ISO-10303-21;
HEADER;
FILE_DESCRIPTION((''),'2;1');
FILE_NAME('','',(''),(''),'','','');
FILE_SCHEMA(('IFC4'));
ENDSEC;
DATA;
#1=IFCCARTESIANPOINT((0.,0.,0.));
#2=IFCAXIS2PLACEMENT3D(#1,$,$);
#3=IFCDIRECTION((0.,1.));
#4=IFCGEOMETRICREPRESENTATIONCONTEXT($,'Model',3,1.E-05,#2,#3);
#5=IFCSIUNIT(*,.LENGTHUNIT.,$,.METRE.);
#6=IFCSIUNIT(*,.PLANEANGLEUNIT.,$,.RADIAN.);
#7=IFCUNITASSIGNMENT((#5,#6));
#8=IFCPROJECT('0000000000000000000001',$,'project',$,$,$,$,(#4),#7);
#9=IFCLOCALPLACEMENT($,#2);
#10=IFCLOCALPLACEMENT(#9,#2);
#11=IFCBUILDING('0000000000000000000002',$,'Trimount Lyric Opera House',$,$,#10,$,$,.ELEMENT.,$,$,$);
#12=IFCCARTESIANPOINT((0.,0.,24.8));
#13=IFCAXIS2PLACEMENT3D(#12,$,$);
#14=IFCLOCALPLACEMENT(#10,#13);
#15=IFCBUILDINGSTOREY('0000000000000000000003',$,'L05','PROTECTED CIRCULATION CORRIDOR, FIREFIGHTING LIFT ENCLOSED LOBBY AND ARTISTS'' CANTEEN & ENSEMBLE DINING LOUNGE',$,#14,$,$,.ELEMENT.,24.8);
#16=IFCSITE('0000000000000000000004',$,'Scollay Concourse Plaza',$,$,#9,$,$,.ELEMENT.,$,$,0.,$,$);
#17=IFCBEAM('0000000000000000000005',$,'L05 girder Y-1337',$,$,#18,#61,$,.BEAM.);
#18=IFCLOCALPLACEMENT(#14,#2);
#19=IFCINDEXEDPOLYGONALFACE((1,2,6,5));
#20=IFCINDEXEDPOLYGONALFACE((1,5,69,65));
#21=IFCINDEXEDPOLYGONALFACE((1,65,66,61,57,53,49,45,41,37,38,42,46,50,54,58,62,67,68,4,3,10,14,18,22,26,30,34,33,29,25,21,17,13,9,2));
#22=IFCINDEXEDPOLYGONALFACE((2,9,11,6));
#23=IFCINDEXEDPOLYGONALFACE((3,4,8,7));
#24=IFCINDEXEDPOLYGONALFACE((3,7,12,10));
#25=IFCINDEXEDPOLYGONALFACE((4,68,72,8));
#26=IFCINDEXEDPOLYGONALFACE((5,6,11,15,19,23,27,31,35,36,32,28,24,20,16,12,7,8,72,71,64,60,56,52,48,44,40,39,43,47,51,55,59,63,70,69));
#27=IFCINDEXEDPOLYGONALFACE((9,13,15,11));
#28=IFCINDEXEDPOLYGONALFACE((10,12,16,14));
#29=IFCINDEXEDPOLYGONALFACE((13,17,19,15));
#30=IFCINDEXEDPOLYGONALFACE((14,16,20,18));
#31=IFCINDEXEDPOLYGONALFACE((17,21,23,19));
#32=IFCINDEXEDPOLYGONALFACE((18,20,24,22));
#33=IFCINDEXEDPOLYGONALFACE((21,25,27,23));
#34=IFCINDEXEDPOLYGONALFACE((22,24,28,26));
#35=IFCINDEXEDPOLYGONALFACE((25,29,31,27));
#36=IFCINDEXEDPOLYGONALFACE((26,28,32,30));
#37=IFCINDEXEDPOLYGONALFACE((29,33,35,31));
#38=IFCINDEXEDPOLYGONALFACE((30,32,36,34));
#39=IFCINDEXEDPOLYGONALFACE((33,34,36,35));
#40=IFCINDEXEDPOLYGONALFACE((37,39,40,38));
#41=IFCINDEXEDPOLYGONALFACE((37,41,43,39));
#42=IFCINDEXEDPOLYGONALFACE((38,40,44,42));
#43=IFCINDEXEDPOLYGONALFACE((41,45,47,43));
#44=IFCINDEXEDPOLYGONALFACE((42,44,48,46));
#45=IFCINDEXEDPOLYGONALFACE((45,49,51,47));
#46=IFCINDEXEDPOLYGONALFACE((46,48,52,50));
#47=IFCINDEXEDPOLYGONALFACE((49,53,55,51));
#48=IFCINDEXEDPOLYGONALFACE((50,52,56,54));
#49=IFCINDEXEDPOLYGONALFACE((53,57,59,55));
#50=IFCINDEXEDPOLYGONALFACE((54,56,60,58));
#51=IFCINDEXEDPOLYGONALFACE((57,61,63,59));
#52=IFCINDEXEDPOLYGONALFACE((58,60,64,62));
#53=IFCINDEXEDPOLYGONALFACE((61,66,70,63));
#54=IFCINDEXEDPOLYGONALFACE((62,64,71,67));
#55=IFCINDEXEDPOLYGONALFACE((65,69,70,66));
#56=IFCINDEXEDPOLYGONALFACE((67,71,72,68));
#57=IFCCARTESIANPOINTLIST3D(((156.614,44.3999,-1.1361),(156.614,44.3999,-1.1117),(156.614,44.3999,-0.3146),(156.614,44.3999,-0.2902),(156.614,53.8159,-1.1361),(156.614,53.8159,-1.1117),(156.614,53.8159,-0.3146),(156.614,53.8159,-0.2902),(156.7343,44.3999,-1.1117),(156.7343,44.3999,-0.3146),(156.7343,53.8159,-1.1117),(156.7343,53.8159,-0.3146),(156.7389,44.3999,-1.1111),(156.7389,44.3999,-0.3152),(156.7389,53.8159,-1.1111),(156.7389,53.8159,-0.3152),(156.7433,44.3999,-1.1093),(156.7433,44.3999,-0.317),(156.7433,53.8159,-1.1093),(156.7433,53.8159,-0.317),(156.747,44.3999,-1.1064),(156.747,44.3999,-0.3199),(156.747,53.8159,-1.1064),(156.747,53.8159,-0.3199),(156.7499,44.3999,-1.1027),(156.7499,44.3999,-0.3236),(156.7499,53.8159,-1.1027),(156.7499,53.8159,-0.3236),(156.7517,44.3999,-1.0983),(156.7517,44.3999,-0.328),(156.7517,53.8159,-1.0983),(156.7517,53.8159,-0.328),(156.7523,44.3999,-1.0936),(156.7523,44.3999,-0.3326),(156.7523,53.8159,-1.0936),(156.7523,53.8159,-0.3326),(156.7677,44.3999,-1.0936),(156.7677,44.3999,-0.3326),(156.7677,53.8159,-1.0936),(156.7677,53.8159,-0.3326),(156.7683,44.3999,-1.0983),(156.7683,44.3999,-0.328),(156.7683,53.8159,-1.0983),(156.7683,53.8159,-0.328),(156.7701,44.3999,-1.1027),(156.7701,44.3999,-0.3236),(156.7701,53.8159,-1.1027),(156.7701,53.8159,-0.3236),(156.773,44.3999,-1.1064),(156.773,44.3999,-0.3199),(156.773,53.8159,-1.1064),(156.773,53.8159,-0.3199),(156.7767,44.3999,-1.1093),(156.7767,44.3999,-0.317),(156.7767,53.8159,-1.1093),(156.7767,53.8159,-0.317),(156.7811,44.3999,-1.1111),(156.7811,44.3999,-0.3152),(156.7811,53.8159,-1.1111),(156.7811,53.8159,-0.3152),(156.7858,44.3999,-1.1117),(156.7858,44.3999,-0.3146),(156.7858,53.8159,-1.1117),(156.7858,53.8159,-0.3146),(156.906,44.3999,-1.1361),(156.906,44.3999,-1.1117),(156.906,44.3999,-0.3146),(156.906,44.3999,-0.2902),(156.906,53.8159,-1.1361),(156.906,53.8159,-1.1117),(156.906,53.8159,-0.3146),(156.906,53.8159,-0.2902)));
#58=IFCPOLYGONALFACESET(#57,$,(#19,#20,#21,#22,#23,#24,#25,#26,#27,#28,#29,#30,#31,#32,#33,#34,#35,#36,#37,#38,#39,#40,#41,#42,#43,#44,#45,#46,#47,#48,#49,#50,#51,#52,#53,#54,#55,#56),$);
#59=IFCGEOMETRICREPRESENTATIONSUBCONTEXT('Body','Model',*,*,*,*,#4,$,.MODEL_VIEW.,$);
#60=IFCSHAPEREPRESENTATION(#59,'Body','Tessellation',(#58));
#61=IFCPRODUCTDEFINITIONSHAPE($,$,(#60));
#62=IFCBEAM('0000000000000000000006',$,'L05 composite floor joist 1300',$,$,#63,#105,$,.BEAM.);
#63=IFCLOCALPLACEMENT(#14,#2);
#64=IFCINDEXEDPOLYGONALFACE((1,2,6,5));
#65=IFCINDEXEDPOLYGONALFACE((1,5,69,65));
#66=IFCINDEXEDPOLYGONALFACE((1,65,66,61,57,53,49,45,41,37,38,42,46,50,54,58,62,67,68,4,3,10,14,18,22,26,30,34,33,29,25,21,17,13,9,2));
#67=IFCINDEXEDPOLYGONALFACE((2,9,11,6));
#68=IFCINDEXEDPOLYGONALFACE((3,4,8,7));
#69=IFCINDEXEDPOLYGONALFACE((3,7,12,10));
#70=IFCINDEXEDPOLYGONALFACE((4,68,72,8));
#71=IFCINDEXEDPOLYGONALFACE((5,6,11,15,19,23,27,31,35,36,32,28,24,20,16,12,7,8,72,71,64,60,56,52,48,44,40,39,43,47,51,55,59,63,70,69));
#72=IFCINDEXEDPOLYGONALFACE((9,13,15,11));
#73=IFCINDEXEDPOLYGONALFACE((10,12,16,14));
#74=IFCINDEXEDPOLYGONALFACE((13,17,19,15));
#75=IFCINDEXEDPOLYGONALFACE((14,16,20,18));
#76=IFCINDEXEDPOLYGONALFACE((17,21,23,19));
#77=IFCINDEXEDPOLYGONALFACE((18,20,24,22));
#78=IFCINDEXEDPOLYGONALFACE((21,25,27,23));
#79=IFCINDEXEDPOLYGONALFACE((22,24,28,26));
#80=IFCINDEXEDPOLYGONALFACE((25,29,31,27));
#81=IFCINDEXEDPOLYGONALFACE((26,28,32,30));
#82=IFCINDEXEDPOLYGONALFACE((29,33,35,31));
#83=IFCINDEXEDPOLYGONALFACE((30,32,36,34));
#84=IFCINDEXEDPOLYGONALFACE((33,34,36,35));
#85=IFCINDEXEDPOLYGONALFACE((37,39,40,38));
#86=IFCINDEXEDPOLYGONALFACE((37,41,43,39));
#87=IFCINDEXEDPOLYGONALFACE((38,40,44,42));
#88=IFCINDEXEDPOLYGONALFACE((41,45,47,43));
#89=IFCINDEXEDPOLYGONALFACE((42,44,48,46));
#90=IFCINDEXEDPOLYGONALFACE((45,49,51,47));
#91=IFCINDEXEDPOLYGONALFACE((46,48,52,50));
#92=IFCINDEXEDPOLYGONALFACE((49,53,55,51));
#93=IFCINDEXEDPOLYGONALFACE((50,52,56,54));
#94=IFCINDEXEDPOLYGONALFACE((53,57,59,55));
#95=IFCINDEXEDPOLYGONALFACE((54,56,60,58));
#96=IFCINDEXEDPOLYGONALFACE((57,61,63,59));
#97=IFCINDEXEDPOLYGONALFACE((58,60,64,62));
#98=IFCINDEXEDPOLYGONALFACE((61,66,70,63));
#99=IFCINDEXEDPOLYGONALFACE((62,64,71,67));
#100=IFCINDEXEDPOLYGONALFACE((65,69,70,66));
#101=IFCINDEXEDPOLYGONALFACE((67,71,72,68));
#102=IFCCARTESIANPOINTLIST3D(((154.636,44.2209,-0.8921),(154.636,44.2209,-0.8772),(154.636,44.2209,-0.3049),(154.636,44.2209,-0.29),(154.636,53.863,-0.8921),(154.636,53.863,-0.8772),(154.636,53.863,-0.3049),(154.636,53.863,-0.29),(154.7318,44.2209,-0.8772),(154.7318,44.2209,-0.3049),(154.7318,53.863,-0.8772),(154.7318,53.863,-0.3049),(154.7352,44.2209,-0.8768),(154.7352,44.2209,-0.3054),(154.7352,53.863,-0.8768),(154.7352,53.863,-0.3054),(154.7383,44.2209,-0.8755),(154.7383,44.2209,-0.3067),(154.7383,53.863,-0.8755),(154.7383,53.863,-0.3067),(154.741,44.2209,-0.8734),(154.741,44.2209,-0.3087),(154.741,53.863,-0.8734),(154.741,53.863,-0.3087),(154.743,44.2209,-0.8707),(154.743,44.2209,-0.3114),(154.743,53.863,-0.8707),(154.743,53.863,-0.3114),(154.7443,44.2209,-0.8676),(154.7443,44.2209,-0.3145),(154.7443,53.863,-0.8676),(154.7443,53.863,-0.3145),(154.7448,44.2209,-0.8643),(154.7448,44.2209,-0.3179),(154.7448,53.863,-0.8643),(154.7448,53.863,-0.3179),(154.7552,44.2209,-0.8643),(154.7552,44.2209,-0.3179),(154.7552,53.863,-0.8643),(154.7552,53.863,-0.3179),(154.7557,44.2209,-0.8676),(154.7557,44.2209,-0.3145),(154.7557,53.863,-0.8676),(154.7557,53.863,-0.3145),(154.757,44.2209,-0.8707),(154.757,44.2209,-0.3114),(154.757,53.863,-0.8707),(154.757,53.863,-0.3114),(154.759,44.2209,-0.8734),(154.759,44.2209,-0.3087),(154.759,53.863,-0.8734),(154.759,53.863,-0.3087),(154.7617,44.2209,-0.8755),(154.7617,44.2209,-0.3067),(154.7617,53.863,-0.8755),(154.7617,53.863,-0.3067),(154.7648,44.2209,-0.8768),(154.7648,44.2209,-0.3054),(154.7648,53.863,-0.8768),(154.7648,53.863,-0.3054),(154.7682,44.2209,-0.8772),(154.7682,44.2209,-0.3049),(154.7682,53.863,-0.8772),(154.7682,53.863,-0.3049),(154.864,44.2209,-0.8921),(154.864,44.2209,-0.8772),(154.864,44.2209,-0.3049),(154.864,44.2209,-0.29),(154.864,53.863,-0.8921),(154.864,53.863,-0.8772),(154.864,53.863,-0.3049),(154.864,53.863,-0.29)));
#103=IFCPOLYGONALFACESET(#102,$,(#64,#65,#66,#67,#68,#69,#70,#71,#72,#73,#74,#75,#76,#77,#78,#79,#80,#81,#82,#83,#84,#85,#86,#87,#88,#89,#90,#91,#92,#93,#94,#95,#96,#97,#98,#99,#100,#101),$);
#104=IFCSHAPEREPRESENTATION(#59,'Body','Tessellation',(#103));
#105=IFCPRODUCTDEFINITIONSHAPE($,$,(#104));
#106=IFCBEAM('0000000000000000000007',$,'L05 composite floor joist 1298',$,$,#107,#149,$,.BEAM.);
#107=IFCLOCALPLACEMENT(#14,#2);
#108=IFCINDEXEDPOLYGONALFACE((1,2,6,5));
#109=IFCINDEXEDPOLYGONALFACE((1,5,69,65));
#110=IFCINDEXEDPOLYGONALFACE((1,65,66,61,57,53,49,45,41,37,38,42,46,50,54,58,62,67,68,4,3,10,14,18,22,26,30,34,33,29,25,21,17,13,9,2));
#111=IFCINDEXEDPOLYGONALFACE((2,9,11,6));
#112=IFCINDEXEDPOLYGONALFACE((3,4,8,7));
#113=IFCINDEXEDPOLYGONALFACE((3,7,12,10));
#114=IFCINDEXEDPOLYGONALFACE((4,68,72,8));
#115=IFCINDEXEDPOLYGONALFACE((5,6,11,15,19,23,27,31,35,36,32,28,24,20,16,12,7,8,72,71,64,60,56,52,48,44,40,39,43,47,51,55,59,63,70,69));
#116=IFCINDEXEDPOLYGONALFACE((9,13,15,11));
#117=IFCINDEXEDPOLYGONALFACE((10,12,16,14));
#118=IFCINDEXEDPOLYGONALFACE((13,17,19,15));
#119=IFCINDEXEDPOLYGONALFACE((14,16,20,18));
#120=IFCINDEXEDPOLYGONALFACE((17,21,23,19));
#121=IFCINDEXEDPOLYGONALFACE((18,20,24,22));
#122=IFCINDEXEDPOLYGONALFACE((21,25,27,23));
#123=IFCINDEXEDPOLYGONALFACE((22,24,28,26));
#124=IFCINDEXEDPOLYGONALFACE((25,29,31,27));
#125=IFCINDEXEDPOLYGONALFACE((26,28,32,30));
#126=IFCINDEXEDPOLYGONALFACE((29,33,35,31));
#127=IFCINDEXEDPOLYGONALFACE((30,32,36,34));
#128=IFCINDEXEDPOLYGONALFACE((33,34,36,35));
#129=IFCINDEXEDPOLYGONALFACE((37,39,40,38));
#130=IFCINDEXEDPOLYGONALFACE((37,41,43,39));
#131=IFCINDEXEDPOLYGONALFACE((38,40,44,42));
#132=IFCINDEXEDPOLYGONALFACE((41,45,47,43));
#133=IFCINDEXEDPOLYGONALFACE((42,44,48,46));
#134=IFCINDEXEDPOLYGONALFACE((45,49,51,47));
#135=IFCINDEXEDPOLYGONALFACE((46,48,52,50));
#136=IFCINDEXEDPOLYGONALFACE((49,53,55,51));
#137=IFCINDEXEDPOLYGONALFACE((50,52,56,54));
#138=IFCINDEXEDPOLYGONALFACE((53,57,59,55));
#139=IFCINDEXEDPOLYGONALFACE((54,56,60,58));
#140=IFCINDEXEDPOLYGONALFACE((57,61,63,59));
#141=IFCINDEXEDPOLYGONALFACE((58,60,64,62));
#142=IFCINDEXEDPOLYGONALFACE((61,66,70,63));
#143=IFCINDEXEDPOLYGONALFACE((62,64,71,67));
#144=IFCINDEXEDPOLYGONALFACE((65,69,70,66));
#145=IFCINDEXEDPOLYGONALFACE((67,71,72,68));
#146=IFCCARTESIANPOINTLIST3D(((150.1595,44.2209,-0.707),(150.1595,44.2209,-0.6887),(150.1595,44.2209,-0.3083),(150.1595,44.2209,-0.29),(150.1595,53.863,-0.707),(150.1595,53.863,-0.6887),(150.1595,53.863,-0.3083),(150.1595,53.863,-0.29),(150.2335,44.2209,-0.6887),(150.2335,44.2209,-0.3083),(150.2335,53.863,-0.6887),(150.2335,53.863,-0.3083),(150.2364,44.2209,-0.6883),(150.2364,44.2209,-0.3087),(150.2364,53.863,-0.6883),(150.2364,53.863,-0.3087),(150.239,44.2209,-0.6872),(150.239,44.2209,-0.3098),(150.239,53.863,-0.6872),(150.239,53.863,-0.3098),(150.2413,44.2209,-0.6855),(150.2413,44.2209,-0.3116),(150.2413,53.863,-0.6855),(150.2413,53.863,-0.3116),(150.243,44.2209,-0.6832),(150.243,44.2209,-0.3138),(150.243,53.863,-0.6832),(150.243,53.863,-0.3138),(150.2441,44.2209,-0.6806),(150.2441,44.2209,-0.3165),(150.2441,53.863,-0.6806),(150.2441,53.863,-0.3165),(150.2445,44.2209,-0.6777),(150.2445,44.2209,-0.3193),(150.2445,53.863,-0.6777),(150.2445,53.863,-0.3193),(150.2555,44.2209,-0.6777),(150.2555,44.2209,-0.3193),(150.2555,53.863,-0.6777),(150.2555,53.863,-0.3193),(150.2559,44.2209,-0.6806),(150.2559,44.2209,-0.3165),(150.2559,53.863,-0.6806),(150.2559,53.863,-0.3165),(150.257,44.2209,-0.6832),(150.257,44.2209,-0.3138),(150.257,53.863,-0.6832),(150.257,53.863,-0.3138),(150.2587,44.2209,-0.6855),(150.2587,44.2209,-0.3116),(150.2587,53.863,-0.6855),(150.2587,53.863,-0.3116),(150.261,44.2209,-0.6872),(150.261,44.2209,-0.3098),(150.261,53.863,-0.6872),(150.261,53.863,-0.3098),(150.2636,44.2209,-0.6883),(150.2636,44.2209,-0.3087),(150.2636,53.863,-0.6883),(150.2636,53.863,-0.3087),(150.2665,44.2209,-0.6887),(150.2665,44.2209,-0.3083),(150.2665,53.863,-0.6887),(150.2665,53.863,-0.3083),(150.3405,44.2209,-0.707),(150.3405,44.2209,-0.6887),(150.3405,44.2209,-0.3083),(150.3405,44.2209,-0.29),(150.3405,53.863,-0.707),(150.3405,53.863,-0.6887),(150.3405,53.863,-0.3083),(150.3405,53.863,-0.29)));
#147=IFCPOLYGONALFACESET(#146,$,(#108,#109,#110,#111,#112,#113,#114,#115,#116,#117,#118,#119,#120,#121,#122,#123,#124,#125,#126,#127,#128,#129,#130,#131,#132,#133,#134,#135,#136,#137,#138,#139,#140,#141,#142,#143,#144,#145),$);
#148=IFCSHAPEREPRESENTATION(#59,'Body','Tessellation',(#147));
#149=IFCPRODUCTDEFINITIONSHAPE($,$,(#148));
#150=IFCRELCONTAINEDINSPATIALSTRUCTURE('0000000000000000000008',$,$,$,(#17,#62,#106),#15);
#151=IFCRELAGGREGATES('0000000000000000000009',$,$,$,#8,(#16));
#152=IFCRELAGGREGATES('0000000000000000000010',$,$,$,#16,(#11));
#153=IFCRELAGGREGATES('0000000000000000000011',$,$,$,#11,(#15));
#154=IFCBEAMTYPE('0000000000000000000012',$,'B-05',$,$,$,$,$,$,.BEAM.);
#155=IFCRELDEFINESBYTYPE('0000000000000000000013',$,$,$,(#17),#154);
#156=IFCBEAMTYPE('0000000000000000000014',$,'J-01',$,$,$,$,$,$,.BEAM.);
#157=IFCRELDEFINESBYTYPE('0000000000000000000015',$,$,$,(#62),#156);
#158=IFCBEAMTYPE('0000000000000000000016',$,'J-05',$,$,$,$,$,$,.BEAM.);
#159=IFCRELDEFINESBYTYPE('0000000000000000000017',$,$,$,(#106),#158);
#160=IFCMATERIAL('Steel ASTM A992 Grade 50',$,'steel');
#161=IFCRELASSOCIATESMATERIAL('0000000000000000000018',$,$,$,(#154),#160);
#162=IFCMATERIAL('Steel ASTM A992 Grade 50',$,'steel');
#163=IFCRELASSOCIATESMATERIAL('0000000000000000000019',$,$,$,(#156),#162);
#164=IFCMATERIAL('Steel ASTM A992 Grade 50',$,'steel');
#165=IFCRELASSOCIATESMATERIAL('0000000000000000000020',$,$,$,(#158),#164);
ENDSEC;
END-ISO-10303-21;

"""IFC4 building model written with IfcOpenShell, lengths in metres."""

from ifc_helpers import new_model, si_unit, direction, frame, origin, origin_2d, place, context, subcontext, project, spatial, i_section, extrude, material, material_profile, profile_set, type_object, element, save


model = new_model("IFC4")

# Units and contexts
model_context = context("Model", 3, precision=1e-05, world=origin(), true_north=direction((0.0, 1.0)))
body_context = subcontext(model_context, "Body", "Model", "MODEL_VIEW")
ifc_project = project(units=[si_unit("LENGTHUNIT", "METRE"), si_unit("PLANEANGLEUNIT", "RADIAN")], contexts=[model_context])

# Site, building, storey
site_placement = place(None, origin())
site = spatial("IfcSite", under=ifc_project, at=site_placement, Name="Scollay Concourse Plaza", CompositionType="ELEMENT", RefElevation=0.0)
building_placement = place(site_placement, origin())
building = spatial("IfcBuilding", under=site, at=building_placement, Name="Trimount Lyric Opera House", CompositionType="ELEMENT")
storey_placement = place(building_placement, frame((0.0, 0.0, 24.8)))
storey = spatial("IfcBuildingStorey", under=building, at=storey_placement, Name="L05", Description="PROTECTED CIRCULATION CORRIDOR, FIREFIGHTING LIFT ENCLOSED LOBBY AND ARTISTS' CANTEEN & ENSEMBLE DINING LOUNGE", CompositionType="ELEMENT", Elevation=24.8)

# Beams
ifc_material_1 = material(Name="Steel ASTM A992 Grade 50", Category="steel")
ifc_material_profile_1 = material_profile(ifc_material_1, i_section(OverallWidth=0.292, OverallDepth=0.8459, WebThickness=0.0154, FlangeThickness=0.0244, FilletRadius=0.0181, at=origin_2d()), Name="W33X141")
ifc_profile_set_1 = profile_set([ifc_material_profile_1], Name="Steel ASTM A992 Grade 50")
beam_type_1 = type_object("IfcBeamType", Name="B-05", PredefinedType="BEAM", material=ifc_profile_set_1)
beam_1_placement = place(storey_placement, frame((156.76, 44.3999, -0.7131), z_axis=(0.0, 1.0, 0.0), x_axis=(-1.0, 0.0, 0.0)))
element("IfcBeam", 1, at=beam_1_placement, inside=storey, type_object=beam_type_1, Name="L05 girder Y-1337", PredefinedType="BEAM", context=body_context, shape_type="SweptSolid", body=[
    extrude(i_section(OverallWidth=0.292, OverallDepth=0.8459, WebThickness=0.0154, FlangeThickness=0.0244, FilletRadius=0.0181, at=origin_2d()), origin(), (0.0, 0.0, 1.0), 9.416),
])
ifc_material_2 = material(Name="Steel ASTM A992 Grade 50", Category="steel")
ifc_material_profile_2 = material_profile(ifc_material_2, i_section(OverallWidth=0.228, OverallDepth=0.6021, WebThickness=0.0105, FlangeThickness=0.0149, FilletRadius=0.0129, at=origin_2d()), Name="W24X68")
ifc_profile_set_2 = profile_set([ifc_material_profile_2], Name="Steel ASTM A992 Grade 50")
beam_type_2 = type_object("IfcBeamType", Name="J-01", PredefinedType="BEAM", material=ifc_profile_set_2)
beam_2_placement = place(storey_placement, frame((154.75, 44.2209, -0.5911), z_axis=(0.0, 1.0, 0.0), x_axis=(-1.0, 0.0, 0.0)))
element("IfcBeam", 2, at=beam_2_placement, inside=storey, type_object=beam_type_2, Name="L05 composite floor joist 1300", PredefinedType="BEAM", context=body_context, shape_type="SweptSolid", body=[
    extrude(i_section(OverallWidth=0.228, OverallDepth=0.6021, WebThickness=0.0105, FlangeThickness=0.0149, FilletRadius=0.0129, at=origin_2d()), origin(), (0.0, 0.0, 1.0), 9.6421),
])
ifc_material_3 = material(Name="Steel ASTM A992 Grade 50", Category="steel")
ifc_material_profile_3 = material_profile(ifc_material_3, i_section(OverallWidth=0.1809, OverallDepth=0.417, WebThickness=0.011, FlangeThickness=0.0183, FilletRadius=0.011, at=origin_2d()), Name="W16X57")
ifc_profile_set_3 = profile_set([ifc_material_profile_3], Name="Steel ASTM A992 Grade 50")
beam_type_3 = type_object("IfcBeamType", Name="J-05", PredefinedType="BEAM", material=ifc_profile_set_3)
beam_3_placement = place(storey_placement, frame((150.25, 44.2209, -0.4985), z_axis=(0.0, 1.0, 0.0), x_axis=(-1.0, 0.0, 0.0)))
element("IfcBeam", 3, at=beam_3_placement, inside=storey, type_object=beam_type_3, Name="L05 composite floor joist 1298", PredefinedType="BEAM", context=body_context, shape_type="SweptSolid", body=[
    extrude(i_section(OverallWidth=0.1809, OverallDepth=0.417, WebThickness=0.011, FlangeThickness=0.0183, FilletRadius=0.011, at=origin_2d()), origin(), (0.0, 0.0, 1.0), 9.6421),
])

save(model, "model.ifc")
